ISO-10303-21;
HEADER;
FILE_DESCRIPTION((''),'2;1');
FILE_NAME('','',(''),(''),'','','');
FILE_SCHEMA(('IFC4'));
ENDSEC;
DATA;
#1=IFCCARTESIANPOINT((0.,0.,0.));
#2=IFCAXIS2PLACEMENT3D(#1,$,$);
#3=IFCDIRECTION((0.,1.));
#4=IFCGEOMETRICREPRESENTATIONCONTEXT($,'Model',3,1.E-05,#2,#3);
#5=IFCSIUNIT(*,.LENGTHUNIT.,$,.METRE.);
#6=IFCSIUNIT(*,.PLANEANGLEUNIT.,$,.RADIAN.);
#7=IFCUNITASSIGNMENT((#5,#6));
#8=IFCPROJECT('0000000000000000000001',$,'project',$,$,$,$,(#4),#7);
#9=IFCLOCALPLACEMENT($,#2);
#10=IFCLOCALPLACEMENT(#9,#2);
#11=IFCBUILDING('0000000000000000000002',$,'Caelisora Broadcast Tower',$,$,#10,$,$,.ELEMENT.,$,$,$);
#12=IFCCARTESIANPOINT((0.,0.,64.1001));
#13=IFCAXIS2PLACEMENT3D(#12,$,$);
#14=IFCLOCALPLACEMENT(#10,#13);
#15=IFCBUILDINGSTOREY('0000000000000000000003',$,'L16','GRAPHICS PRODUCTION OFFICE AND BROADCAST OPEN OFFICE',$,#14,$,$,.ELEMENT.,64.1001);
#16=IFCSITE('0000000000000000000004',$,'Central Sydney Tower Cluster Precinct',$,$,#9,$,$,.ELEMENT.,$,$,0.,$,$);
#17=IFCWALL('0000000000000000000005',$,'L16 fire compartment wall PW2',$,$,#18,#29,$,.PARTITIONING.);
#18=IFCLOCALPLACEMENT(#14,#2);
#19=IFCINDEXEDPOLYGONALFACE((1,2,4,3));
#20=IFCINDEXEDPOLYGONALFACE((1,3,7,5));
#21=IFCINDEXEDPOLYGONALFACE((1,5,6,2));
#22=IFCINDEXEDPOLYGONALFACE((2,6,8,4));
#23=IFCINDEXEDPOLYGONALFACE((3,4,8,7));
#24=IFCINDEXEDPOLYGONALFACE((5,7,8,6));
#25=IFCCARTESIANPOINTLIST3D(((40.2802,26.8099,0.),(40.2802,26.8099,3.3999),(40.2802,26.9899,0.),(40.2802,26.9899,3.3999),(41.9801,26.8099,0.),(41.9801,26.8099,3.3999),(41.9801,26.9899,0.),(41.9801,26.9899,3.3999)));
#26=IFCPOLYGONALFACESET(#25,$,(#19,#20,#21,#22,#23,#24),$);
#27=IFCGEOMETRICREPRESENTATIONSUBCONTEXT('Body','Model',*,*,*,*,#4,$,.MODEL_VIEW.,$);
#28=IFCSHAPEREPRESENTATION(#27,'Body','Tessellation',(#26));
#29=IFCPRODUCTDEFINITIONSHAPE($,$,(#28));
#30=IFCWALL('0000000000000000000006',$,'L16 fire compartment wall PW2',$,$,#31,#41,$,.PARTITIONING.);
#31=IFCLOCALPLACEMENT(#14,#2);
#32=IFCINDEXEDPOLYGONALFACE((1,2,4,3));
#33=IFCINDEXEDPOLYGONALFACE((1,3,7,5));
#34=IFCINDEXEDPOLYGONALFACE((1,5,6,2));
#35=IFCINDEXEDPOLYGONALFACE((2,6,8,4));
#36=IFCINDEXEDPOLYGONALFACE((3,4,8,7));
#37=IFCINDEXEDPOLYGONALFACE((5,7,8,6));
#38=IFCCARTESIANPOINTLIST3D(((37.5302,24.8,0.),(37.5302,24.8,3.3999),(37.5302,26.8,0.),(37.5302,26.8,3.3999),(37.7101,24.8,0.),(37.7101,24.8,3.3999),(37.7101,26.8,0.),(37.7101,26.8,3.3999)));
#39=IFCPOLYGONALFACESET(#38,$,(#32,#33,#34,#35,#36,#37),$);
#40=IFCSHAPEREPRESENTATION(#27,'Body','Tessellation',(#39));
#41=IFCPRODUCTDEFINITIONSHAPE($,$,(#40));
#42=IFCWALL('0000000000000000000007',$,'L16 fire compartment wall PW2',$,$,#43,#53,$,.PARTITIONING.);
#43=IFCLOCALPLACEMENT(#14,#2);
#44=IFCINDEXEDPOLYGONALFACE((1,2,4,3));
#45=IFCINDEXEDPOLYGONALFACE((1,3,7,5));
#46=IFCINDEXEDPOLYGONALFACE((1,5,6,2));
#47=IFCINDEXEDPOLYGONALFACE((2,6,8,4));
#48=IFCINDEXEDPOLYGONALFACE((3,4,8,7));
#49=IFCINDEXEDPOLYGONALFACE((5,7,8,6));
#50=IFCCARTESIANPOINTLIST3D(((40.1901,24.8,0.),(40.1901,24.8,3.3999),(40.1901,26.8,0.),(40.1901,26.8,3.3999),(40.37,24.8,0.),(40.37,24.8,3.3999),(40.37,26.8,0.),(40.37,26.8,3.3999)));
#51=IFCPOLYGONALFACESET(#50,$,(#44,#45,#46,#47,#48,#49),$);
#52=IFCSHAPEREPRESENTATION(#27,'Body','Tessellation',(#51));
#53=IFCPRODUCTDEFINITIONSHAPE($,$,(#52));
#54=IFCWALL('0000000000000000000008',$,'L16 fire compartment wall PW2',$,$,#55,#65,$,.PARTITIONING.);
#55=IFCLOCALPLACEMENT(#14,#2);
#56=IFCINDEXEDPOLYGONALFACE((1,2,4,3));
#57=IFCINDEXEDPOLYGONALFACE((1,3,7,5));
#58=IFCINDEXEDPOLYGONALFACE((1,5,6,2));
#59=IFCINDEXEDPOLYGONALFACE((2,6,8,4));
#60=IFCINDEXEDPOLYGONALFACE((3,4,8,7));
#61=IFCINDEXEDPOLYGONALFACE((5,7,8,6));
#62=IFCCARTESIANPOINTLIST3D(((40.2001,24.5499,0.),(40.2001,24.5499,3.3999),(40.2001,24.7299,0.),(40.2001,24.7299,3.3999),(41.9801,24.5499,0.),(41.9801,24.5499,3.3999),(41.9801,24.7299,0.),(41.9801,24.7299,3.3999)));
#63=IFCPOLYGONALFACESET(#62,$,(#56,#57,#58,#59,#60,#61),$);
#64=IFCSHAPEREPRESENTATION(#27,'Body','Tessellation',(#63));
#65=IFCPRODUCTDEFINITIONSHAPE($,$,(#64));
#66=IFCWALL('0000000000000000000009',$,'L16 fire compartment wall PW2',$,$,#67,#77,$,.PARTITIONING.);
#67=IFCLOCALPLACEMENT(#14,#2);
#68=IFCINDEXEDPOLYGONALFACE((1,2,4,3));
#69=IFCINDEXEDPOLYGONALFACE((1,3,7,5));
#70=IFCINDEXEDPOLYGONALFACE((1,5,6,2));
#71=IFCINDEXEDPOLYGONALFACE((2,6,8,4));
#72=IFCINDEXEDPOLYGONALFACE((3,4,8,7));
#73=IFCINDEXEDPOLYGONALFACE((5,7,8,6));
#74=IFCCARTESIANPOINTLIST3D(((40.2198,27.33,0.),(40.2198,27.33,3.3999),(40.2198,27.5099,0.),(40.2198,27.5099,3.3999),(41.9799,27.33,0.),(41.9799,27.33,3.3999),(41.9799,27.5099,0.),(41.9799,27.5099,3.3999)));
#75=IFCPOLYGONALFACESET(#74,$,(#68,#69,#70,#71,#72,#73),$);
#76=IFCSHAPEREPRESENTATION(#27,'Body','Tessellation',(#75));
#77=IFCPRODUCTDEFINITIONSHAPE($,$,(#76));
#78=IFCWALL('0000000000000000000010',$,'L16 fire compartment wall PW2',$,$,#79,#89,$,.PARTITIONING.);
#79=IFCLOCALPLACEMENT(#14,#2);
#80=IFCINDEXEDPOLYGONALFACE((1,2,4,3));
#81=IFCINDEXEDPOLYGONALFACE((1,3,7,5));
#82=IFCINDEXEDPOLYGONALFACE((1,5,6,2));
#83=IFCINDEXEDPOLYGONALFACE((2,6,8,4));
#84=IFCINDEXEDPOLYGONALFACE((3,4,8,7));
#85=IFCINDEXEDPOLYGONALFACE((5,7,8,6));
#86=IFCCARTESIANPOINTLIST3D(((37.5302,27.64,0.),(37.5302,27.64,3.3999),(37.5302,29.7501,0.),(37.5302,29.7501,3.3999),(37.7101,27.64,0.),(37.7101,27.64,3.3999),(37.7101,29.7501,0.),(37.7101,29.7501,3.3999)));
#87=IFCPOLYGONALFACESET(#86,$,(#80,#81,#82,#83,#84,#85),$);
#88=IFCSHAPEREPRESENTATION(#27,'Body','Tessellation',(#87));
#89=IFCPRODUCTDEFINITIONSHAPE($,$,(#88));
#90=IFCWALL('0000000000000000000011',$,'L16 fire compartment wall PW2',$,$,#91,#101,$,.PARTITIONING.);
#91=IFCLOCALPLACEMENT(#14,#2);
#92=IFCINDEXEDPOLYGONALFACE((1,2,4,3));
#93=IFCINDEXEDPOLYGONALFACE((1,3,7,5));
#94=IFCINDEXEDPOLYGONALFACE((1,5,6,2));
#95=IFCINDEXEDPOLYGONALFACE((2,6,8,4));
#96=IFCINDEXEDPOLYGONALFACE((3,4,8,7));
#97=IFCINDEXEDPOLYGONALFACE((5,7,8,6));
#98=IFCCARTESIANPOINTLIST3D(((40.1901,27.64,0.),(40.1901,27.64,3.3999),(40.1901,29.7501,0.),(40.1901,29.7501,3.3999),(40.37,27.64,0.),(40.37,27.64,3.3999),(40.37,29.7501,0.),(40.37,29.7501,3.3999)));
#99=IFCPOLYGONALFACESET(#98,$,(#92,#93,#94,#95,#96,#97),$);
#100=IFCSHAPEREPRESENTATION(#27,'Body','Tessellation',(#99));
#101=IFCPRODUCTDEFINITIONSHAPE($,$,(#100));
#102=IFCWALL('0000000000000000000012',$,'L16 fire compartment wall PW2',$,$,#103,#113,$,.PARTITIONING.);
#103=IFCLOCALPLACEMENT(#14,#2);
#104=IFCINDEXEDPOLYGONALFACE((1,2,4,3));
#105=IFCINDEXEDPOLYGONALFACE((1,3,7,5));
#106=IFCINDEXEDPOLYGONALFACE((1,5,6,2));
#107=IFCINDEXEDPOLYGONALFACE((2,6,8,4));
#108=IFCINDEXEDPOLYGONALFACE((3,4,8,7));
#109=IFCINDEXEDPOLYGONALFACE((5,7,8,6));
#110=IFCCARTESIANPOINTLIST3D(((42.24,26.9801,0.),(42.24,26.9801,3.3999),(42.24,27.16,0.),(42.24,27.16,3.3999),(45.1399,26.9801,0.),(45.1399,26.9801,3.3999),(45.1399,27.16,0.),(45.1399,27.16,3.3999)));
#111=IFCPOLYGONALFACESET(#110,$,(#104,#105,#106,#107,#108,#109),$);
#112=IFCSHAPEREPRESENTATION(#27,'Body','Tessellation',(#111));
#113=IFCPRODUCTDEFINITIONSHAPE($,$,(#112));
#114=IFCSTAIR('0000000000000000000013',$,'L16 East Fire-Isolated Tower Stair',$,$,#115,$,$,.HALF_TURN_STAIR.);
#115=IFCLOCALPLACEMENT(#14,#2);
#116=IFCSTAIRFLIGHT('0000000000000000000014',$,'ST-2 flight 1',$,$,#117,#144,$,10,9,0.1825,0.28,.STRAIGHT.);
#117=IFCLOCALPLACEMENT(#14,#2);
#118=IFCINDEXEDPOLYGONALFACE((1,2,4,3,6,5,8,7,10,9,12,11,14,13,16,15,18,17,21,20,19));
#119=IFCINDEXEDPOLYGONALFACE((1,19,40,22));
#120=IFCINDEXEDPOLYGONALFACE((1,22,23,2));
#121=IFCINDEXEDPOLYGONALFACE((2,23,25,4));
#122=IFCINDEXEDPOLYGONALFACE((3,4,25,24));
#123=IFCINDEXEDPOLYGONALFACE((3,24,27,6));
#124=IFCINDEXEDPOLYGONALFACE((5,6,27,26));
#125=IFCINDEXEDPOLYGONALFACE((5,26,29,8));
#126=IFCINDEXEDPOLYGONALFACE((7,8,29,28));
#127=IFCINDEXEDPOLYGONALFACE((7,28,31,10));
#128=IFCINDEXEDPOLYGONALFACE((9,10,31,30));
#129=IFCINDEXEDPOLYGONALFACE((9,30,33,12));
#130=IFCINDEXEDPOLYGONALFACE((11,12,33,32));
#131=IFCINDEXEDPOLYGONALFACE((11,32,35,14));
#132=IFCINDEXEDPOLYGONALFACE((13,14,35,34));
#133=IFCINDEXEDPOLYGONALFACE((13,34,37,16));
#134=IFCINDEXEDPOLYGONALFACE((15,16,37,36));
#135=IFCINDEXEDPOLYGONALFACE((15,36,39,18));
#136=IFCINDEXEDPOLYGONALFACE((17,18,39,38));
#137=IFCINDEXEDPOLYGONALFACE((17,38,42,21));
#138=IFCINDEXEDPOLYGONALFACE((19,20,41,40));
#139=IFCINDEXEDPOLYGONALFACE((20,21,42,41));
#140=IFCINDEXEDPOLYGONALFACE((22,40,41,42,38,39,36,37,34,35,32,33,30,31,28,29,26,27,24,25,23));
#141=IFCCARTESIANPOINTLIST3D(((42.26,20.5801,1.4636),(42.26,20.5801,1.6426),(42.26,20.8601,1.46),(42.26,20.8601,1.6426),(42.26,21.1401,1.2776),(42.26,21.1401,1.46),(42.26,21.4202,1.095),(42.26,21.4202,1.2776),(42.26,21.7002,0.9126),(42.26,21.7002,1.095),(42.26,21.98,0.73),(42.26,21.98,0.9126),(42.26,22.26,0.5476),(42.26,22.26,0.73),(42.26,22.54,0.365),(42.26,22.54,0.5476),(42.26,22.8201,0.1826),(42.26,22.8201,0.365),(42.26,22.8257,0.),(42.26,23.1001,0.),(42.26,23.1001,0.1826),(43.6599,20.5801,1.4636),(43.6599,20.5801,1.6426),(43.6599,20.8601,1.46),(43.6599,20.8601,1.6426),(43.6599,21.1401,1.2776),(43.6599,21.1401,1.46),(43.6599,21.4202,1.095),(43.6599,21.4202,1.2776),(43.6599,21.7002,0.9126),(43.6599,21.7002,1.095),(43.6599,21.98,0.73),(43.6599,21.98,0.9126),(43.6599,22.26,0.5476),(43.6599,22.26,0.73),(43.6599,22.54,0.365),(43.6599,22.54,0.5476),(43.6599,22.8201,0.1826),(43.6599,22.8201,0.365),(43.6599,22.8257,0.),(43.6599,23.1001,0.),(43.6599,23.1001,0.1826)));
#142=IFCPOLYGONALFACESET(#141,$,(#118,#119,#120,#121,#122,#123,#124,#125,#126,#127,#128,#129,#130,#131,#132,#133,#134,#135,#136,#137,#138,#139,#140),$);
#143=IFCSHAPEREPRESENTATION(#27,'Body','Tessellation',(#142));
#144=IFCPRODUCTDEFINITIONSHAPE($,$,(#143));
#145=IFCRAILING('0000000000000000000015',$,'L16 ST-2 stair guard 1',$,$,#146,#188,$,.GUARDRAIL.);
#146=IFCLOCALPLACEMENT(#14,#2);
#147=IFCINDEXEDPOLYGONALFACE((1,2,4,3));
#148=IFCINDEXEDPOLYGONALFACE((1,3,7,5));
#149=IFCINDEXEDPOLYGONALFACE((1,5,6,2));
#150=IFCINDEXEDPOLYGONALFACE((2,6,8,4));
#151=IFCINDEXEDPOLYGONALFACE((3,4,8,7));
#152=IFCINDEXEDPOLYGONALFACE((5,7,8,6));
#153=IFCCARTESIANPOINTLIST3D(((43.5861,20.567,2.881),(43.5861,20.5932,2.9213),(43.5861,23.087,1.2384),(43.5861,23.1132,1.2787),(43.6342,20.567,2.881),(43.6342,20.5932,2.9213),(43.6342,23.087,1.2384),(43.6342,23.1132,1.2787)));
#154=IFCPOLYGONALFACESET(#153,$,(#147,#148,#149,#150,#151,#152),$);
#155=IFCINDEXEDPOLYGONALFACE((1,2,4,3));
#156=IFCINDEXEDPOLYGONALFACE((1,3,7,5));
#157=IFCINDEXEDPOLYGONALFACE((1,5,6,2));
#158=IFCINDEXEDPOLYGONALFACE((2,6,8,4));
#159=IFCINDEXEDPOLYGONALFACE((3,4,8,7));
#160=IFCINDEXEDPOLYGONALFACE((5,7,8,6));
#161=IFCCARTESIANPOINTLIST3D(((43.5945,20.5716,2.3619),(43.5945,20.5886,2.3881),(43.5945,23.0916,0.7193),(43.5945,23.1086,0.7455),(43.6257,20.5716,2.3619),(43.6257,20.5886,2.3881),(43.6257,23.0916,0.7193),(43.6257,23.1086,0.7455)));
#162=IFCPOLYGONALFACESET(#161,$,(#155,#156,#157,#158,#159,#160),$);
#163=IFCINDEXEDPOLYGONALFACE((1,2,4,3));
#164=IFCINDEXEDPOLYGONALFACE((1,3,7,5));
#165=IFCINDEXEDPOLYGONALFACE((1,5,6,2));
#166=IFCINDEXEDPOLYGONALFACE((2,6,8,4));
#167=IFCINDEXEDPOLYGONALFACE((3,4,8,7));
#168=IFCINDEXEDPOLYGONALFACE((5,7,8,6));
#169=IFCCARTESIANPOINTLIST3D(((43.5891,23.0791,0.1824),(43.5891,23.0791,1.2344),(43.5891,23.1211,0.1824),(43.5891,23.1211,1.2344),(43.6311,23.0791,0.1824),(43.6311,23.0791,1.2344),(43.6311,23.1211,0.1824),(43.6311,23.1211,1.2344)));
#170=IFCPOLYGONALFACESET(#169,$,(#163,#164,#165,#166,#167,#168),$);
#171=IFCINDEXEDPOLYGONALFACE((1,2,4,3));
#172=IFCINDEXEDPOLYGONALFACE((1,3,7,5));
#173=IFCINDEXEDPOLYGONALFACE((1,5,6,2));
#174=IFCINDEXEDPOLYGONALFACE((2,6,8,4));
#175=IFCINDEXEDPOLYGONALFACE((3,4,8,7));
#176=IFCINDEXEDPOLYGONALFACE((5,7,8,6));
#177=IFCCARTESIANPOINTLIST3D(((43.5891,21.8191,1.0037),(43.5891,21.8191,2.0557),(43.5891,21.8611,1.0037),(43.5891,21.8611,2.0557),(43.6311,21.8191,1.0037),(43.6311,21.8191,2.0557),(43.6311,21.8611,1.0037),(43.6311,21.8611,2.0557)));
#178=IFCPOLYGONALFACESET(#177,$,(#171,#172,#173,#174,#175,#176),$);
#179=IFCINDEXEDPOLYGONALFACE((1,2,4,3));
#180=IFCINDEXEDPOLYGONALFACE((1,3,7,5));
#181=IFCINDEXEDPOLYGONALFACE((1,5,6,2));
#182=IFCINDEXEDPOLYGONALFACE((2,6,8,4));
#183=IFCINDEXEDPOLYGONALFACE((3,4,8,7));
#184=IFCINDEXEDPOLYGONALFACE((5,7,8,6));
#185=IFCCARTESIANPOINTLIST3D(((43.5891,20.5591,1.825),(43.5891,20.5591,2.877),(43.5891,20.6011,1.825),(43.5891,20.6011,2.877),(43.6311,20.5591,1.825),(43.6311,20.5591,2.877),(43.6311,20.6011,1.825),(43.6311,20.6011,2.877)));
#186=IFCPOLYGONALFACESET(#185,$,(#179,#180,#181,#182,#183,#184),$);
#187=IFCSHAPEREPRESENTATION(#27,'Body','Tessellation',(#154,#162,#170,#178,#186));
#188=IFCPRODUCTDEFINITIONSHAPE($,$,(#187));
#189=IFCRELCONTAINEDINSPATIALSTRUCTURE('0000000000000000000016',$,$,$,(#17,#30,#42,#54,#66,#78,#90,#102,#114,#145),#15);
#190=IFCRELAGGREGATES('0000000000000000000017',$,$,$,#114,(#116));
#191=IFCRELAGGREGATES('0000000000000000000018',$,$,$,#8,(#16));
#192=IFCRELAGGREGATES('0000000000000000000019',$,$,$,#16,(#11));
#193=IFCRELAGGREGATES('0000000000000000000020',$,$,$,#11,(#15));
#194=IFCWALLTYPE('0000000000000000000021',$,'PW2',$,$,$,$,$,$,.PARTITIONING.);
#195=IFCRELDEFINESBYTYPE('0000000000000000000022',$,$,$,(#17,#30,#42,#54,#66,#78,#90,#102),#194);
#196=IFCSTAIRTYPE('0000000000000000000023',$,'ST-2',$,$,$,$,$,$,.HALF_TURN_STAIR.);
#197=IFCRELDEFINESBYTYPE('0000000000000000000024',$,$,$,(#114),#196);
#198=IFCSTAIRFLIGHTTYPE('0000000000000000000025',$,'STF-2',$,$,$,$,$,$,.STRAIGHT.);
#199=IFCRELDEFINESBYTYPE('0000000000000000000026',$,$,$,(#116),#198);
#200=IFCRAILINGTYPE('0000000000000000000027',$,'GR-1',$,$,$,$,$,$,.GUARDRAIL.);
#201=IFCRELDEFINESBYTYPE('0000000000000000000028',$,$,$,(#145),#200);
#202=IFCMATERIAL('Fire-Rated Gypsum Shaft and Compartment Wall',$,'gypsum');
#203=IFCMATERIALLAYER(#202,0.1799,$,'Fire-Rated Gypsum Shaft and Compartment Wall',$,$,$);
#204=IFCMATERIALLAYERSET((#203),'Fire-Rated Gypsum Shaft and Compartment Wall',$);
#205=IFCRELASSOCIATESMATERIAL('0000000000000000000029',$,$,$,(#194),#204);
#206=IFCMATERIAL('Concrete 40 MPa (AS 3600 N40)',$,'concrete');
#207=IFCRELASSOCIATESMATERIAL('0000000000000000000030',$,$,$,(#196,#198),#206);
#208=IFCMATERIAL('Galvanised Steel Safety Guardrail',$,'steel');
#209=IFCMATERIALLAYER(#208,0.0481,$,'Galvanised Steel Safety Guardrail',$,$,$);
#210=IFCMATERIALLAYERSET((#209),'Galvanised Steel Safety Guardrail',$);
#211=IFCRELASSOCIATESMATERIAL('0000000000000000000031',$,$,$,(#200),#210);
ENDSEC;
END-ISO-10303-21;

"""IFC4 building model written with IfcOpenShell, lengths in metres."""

from ifc_helpers import new_model, si_unit, direction, frame, frame_2d, origin, origin_2d, place, context, subcontext, project, spatial, polyline, rectangle, outline, extrude, material, layer, layer_set, type_object, element, aggregate, save


model = new_model("IFC4")

# Units and contexts
model_context = context("Model", 3, precision=1e-05, world=origin(), true_north=direction((0.0, 1.0)))
body_context = subcontext(model_context, "Body", "Model", "MODEL_VIEW")
ifc_project = project(units=[si_unit("LENGTHUNIT", "METRE"), si_unit("PLANEANGLEUNIT", "RADIAN")], contexts=[model_context])

# Site, building, storey
site_placement = place(None, origin())
site = spatial("IfcSite", under=ifc_project, at=site_placement, Name="Central Sydney Tower Cluster Precinct", CompositionType="ELEMENT", RefElevation=0.0)
building_placement = place(site_placement, origin())
building = spatial("IfcBuilding", under=site, at=building_placement, Name="Caelisora Broadcast Tower", CompositionType="ELEMENT")
storey_placement = place(building_placement, frame((0.0, 0.0, 64.1001)))
storey = spatial("IfcBuildingStorey", under=building, at=storey_placement, Name="L16", Description="GRAPHICS PRODUCTION OFFICE AND BROADCAST OPEN OFFICE", CompositionType="ELEMENT", Elevation=64.1001)

# Walls
ifc_material_1 = material(Name="Fire-Rated Gypsum Shaft and Compartment Wall", Category="gypsum")
ifc_layer_1 = layer(ifc_material_1, 0.1799, Name="Fire-Rated Gypsum Shaft and Compartment Wall")
ifc_layer_set_1 = layer_set([ifc_layer_1], Name="Fire-Rated Gypsum Shaft and Compartment Wall")
wall_type_1 = type_object("IfcWallType", Name="PW2", PredefinedType="PARTITIONING", material=ifc_layer_set_1)
wall_1_placement = place(storey_placement, frame((40.28, 26.8999, 0.0), z_axis=(0.0, 0.0, 1.0), x_axis=(1.0, 0.0, 0.0)))
element("IfcWall", 1, at=wall_1_placement, inside=storey, type_object=wall_type_1, Name="L16 fire compartment wall PW2", PredefinedType="PARTITIONING", context=body_context, shape_type="SweptSolid", body=[
    extrude(rectangle(XDim=1.7, YDim=0.1799, at=frame_2d((0.8501, 0.0))), origin(), (0.0, 0.0, 1.0), 3.3999),
])
for number, where, z_axis, x_axis, name in (
    (2, (37.6201, 24.8, 0.0), (0.0, 0.0, 1.0), (0.0, 1.0, 0.0), "L16 fire compartment wall PW2"),
    (3, (40.28, 24.8, 0.0), (0.0, 0.0, 1.0), (0.0, 1.0, 0.0), "L16 fire compartment wall PW2"),
):
    element("IfcWall", number, at=place(storey_placement, frame(where, z_axis=z_axis, x_axis=x_axis)), inside=storey, type_object=wall_type_1, Name=name, PredefinedType="PARTITIONING", context=body_context, shape_type="SweptSolid", body=[
        extrude(rectangle(XDim=2.0, YDim=0.1799, at=frame_2d((1.0, 0.0))), origin(), (0.0, 0.0, 1.0), 3.3999),
    ])
wall_2_placement = place(storey_placement, frame((40.2, 24.6399, 0.0), z_axis=(0.0, 0.0, 1.0), x_axis=(1.0, 0.0, 0.0)))
element("IfcWall", 4, at=wall_2_placement, inside=storey, type_object=wall_type_1, Name="L16 fire compartment wall PW2", PredefinedType="PARTITIONING", context=body_context, shape_type="SweptSolid", body=[
    extrude(rectangle(XDim=1.78, YDim=0.1799, at=frame_2d((0.8901, 0.0))), origin(), (0.0, 0.0, 1.0), 3.3999),
])
wall_3_placement = place(storey_placement, frame((40.22, 27.4199, 0.0), z_axis=(0.0, 0.0, 1.0), x_axis=(1.0, 0.0, 0.0)))
element("IfcWall", 5, at=wall_3_placement, inside=storey, type_object=wall_type_1, Name="L16 fire compartment wall PW2", PredefinedType="PARTITIONING", context=body_context, shape_type="SweptSolid", body=[
    extrude(rectangle(XDim=1.76, YDim=0.1799, at=frame_2d((0.8799, 0.0))), origin(), (0.0, 0.0, 1.0), 3.3999),
])
for number, where, z_axis, x_axis, name in (
    (6, (37.6201, 27.6399, 0.0), (0.0, 0.0, 1.0), (0.0, 1.0, 0.0), "L16 fire compartment wall PW2"),
    (7, (40.28, 27.6399, 0.0), (0.0, 0.0, 1.0), (0.0, 1.0, 0.0), "L16 fire compartment wall PW2"),
):
    element("IfcWall", number, at=place(storey_placement, frame(where, z_axis=z_axis, x_axis=x_axis)), inside=storey, type_object=wall_type_1, Name=name, PredefinedType="PARTITIONING", context=body_context, shape_type="SweptSolid", body=[
        extrude(rectangle(XDim=2.1101, YDim=0.1799, at=frame_2d((1.0552, 0.0))), origin(), (0.0, 0.0, 1.0), 3.3999),
    ])
wall_4_placement = place(storey_placement, frame((42.24, 27.0701, 0.0), z_axis=(0.0, 0.0, 1.0), x_axis=(1.0, 0.0, 0.0)))
element("IfcWall", 8, at=wall_4_placement, inside=storey, type_object=wall_type_1, Name="L16 fire compartment wall PW2", PredefinedType="PARTITIONING", context=body_context, shape_type="SweptSolid", body=[
    extrude(rectangle(XDim=2.8999, YDim=0.1799, at=frame_2d((1.45, 0.0))), origin(), (0.0, 0.0, 1.0), 3.3999),
])

# Stair, stair flight
ifc_material_2 = material(Name="Concrete 40 MPa (AS 3600 N40)", Category="concrete")
stair_type = type_object("IfcStairType", Name="ST-2", PredefinedType="HALF_TURN_STAIR", material=ifc_material_2)
stair_placement = place(storey_placement, origin())
stair = element("IfcStair", 9, at=stair_placement, inside=storey, type_object=stair_type, Name="L16 East Fire-Isolated Tower Stair", PredefinedType="HALF_TURN_STAIR")
stair_flight_type = type_object("IfcStairFlightType", Name="STF-2", PredefinedType="STRAIGHT", material=ifc_material_2)
stair_flight_placement = place(storey_placement, frame((42.96, 23.1001, 0.0), z_axis=(0.0, 0.0, 1.0), x_axis=(0.0, -1.0, 0.0)))
stair_flight = element("IfcStairFlight", 10, at=stair_flight_placement, type_object=stair_flight_type, Name="ST-2 flight 1", NumberOfRisers=10, NumberOfTreads=9, PredefinedType="STRAIGHT", RiserHeight=0.1825, TreadLength=0.28, context=body_context, shape_type="SweptSolid", body=[
    extrude(outline(polyline([(0.0, 0.0), (0.0, 0.1826), (0.28, 0.1826), (0.28, 0.365), (0.5601, 0.365), (0.5601, 0.5476), (0.8401, 0.5476), (0.8401, 0.73), (1.1201, 0.73), (1.1201, 0.9126), (1.3999, 0.9126), (1.3999, 1.095), (1.6799, 1.095), (1.6799, 1.2776), (1.96, 1.2776), (1.96, 1.46), (2.24, 1.46), (2.24, 1.6426), (2.52, 1.6426), (2.52, 1.825), (2.52, 1.4636), (0.2744, 0.0), (0.0, 0.0)])), frame((0.0, 0.7, 0.0), z_axis=(0.0, -1.0, 0.0), x_axis=(1.0, 0.0, 0.0)), (0.0, 0.0, 1.0), 1.3999),
])
aggregate(stair, [stair_flight])

# Railing
ifc_material_3 = material(Name="Galvanised Steel Safety Guardrail", Category="steel")
ifc_layer_2 = layer(ifc_material_3, 0.0481, Name="Galvanised Steel Safety Guardrail")
ifc_layer_set_2 = layer_set([ifc_layer_2], Name="Galvanised Steel Safety Guardrail")
railing_type_1 = type_object("IfcRailingType", Name="GR-1", PredefinedType="GUARDRAIL", material=ifc_layer_set_2)
railing_1_placement = place(storey_placement, frame((43.6101, 23.1001, 0.1824)))
element("IfcRailing", 11, at=railing_1_placement, inside=storey, type_object=railing_type_1, Name="L16 ST-2 stair guard 1", PredefinedType="GUARDRAIL", context=body_context, shape_type="SweptSolid", body=[
    extrude(rectangle(XDim=0.0481, YDim=0.0481, at=origin_2d()), frame((0.0, 0.0, 1.0762), z_axis=(0.0, -0.837749, 0.546055), x_axis=(1.0, 0.0, 0.0)), (0.0, 0.0, 1.0), 3.0081),
    extrude(rectangle(XDim=0.0312, YDim=0.0312, at=origin_2d()), frame((0.0, 0.0, 0.55), z_axis=(0.0, -0.837749, 0.546055), x_axis=(1.0, 0.0, 0.0)), (0.0, 0.0, 1.0), 3.0081),
    extrude(rectangle(XDim=0.042, YDim=0.042, at=origin_2d()), origin(), (0.0, 0.0, 1.0), 1.052),
    extrude(rectangle(XDim=0.042, YDim=0.042, at=origin_2d()), frame((0.0, -1.26, 0.8213)), (0.0, 0.0, 1.0), 1.052),
    extrude(rectangle(XDim=0.042, YDim=0.042, at=origin_2d()), frame((0.0, -2.52, 1.6426)), (0.0, 0.0, 1.0), 1.052),
])

save(model, "model.ifc")
